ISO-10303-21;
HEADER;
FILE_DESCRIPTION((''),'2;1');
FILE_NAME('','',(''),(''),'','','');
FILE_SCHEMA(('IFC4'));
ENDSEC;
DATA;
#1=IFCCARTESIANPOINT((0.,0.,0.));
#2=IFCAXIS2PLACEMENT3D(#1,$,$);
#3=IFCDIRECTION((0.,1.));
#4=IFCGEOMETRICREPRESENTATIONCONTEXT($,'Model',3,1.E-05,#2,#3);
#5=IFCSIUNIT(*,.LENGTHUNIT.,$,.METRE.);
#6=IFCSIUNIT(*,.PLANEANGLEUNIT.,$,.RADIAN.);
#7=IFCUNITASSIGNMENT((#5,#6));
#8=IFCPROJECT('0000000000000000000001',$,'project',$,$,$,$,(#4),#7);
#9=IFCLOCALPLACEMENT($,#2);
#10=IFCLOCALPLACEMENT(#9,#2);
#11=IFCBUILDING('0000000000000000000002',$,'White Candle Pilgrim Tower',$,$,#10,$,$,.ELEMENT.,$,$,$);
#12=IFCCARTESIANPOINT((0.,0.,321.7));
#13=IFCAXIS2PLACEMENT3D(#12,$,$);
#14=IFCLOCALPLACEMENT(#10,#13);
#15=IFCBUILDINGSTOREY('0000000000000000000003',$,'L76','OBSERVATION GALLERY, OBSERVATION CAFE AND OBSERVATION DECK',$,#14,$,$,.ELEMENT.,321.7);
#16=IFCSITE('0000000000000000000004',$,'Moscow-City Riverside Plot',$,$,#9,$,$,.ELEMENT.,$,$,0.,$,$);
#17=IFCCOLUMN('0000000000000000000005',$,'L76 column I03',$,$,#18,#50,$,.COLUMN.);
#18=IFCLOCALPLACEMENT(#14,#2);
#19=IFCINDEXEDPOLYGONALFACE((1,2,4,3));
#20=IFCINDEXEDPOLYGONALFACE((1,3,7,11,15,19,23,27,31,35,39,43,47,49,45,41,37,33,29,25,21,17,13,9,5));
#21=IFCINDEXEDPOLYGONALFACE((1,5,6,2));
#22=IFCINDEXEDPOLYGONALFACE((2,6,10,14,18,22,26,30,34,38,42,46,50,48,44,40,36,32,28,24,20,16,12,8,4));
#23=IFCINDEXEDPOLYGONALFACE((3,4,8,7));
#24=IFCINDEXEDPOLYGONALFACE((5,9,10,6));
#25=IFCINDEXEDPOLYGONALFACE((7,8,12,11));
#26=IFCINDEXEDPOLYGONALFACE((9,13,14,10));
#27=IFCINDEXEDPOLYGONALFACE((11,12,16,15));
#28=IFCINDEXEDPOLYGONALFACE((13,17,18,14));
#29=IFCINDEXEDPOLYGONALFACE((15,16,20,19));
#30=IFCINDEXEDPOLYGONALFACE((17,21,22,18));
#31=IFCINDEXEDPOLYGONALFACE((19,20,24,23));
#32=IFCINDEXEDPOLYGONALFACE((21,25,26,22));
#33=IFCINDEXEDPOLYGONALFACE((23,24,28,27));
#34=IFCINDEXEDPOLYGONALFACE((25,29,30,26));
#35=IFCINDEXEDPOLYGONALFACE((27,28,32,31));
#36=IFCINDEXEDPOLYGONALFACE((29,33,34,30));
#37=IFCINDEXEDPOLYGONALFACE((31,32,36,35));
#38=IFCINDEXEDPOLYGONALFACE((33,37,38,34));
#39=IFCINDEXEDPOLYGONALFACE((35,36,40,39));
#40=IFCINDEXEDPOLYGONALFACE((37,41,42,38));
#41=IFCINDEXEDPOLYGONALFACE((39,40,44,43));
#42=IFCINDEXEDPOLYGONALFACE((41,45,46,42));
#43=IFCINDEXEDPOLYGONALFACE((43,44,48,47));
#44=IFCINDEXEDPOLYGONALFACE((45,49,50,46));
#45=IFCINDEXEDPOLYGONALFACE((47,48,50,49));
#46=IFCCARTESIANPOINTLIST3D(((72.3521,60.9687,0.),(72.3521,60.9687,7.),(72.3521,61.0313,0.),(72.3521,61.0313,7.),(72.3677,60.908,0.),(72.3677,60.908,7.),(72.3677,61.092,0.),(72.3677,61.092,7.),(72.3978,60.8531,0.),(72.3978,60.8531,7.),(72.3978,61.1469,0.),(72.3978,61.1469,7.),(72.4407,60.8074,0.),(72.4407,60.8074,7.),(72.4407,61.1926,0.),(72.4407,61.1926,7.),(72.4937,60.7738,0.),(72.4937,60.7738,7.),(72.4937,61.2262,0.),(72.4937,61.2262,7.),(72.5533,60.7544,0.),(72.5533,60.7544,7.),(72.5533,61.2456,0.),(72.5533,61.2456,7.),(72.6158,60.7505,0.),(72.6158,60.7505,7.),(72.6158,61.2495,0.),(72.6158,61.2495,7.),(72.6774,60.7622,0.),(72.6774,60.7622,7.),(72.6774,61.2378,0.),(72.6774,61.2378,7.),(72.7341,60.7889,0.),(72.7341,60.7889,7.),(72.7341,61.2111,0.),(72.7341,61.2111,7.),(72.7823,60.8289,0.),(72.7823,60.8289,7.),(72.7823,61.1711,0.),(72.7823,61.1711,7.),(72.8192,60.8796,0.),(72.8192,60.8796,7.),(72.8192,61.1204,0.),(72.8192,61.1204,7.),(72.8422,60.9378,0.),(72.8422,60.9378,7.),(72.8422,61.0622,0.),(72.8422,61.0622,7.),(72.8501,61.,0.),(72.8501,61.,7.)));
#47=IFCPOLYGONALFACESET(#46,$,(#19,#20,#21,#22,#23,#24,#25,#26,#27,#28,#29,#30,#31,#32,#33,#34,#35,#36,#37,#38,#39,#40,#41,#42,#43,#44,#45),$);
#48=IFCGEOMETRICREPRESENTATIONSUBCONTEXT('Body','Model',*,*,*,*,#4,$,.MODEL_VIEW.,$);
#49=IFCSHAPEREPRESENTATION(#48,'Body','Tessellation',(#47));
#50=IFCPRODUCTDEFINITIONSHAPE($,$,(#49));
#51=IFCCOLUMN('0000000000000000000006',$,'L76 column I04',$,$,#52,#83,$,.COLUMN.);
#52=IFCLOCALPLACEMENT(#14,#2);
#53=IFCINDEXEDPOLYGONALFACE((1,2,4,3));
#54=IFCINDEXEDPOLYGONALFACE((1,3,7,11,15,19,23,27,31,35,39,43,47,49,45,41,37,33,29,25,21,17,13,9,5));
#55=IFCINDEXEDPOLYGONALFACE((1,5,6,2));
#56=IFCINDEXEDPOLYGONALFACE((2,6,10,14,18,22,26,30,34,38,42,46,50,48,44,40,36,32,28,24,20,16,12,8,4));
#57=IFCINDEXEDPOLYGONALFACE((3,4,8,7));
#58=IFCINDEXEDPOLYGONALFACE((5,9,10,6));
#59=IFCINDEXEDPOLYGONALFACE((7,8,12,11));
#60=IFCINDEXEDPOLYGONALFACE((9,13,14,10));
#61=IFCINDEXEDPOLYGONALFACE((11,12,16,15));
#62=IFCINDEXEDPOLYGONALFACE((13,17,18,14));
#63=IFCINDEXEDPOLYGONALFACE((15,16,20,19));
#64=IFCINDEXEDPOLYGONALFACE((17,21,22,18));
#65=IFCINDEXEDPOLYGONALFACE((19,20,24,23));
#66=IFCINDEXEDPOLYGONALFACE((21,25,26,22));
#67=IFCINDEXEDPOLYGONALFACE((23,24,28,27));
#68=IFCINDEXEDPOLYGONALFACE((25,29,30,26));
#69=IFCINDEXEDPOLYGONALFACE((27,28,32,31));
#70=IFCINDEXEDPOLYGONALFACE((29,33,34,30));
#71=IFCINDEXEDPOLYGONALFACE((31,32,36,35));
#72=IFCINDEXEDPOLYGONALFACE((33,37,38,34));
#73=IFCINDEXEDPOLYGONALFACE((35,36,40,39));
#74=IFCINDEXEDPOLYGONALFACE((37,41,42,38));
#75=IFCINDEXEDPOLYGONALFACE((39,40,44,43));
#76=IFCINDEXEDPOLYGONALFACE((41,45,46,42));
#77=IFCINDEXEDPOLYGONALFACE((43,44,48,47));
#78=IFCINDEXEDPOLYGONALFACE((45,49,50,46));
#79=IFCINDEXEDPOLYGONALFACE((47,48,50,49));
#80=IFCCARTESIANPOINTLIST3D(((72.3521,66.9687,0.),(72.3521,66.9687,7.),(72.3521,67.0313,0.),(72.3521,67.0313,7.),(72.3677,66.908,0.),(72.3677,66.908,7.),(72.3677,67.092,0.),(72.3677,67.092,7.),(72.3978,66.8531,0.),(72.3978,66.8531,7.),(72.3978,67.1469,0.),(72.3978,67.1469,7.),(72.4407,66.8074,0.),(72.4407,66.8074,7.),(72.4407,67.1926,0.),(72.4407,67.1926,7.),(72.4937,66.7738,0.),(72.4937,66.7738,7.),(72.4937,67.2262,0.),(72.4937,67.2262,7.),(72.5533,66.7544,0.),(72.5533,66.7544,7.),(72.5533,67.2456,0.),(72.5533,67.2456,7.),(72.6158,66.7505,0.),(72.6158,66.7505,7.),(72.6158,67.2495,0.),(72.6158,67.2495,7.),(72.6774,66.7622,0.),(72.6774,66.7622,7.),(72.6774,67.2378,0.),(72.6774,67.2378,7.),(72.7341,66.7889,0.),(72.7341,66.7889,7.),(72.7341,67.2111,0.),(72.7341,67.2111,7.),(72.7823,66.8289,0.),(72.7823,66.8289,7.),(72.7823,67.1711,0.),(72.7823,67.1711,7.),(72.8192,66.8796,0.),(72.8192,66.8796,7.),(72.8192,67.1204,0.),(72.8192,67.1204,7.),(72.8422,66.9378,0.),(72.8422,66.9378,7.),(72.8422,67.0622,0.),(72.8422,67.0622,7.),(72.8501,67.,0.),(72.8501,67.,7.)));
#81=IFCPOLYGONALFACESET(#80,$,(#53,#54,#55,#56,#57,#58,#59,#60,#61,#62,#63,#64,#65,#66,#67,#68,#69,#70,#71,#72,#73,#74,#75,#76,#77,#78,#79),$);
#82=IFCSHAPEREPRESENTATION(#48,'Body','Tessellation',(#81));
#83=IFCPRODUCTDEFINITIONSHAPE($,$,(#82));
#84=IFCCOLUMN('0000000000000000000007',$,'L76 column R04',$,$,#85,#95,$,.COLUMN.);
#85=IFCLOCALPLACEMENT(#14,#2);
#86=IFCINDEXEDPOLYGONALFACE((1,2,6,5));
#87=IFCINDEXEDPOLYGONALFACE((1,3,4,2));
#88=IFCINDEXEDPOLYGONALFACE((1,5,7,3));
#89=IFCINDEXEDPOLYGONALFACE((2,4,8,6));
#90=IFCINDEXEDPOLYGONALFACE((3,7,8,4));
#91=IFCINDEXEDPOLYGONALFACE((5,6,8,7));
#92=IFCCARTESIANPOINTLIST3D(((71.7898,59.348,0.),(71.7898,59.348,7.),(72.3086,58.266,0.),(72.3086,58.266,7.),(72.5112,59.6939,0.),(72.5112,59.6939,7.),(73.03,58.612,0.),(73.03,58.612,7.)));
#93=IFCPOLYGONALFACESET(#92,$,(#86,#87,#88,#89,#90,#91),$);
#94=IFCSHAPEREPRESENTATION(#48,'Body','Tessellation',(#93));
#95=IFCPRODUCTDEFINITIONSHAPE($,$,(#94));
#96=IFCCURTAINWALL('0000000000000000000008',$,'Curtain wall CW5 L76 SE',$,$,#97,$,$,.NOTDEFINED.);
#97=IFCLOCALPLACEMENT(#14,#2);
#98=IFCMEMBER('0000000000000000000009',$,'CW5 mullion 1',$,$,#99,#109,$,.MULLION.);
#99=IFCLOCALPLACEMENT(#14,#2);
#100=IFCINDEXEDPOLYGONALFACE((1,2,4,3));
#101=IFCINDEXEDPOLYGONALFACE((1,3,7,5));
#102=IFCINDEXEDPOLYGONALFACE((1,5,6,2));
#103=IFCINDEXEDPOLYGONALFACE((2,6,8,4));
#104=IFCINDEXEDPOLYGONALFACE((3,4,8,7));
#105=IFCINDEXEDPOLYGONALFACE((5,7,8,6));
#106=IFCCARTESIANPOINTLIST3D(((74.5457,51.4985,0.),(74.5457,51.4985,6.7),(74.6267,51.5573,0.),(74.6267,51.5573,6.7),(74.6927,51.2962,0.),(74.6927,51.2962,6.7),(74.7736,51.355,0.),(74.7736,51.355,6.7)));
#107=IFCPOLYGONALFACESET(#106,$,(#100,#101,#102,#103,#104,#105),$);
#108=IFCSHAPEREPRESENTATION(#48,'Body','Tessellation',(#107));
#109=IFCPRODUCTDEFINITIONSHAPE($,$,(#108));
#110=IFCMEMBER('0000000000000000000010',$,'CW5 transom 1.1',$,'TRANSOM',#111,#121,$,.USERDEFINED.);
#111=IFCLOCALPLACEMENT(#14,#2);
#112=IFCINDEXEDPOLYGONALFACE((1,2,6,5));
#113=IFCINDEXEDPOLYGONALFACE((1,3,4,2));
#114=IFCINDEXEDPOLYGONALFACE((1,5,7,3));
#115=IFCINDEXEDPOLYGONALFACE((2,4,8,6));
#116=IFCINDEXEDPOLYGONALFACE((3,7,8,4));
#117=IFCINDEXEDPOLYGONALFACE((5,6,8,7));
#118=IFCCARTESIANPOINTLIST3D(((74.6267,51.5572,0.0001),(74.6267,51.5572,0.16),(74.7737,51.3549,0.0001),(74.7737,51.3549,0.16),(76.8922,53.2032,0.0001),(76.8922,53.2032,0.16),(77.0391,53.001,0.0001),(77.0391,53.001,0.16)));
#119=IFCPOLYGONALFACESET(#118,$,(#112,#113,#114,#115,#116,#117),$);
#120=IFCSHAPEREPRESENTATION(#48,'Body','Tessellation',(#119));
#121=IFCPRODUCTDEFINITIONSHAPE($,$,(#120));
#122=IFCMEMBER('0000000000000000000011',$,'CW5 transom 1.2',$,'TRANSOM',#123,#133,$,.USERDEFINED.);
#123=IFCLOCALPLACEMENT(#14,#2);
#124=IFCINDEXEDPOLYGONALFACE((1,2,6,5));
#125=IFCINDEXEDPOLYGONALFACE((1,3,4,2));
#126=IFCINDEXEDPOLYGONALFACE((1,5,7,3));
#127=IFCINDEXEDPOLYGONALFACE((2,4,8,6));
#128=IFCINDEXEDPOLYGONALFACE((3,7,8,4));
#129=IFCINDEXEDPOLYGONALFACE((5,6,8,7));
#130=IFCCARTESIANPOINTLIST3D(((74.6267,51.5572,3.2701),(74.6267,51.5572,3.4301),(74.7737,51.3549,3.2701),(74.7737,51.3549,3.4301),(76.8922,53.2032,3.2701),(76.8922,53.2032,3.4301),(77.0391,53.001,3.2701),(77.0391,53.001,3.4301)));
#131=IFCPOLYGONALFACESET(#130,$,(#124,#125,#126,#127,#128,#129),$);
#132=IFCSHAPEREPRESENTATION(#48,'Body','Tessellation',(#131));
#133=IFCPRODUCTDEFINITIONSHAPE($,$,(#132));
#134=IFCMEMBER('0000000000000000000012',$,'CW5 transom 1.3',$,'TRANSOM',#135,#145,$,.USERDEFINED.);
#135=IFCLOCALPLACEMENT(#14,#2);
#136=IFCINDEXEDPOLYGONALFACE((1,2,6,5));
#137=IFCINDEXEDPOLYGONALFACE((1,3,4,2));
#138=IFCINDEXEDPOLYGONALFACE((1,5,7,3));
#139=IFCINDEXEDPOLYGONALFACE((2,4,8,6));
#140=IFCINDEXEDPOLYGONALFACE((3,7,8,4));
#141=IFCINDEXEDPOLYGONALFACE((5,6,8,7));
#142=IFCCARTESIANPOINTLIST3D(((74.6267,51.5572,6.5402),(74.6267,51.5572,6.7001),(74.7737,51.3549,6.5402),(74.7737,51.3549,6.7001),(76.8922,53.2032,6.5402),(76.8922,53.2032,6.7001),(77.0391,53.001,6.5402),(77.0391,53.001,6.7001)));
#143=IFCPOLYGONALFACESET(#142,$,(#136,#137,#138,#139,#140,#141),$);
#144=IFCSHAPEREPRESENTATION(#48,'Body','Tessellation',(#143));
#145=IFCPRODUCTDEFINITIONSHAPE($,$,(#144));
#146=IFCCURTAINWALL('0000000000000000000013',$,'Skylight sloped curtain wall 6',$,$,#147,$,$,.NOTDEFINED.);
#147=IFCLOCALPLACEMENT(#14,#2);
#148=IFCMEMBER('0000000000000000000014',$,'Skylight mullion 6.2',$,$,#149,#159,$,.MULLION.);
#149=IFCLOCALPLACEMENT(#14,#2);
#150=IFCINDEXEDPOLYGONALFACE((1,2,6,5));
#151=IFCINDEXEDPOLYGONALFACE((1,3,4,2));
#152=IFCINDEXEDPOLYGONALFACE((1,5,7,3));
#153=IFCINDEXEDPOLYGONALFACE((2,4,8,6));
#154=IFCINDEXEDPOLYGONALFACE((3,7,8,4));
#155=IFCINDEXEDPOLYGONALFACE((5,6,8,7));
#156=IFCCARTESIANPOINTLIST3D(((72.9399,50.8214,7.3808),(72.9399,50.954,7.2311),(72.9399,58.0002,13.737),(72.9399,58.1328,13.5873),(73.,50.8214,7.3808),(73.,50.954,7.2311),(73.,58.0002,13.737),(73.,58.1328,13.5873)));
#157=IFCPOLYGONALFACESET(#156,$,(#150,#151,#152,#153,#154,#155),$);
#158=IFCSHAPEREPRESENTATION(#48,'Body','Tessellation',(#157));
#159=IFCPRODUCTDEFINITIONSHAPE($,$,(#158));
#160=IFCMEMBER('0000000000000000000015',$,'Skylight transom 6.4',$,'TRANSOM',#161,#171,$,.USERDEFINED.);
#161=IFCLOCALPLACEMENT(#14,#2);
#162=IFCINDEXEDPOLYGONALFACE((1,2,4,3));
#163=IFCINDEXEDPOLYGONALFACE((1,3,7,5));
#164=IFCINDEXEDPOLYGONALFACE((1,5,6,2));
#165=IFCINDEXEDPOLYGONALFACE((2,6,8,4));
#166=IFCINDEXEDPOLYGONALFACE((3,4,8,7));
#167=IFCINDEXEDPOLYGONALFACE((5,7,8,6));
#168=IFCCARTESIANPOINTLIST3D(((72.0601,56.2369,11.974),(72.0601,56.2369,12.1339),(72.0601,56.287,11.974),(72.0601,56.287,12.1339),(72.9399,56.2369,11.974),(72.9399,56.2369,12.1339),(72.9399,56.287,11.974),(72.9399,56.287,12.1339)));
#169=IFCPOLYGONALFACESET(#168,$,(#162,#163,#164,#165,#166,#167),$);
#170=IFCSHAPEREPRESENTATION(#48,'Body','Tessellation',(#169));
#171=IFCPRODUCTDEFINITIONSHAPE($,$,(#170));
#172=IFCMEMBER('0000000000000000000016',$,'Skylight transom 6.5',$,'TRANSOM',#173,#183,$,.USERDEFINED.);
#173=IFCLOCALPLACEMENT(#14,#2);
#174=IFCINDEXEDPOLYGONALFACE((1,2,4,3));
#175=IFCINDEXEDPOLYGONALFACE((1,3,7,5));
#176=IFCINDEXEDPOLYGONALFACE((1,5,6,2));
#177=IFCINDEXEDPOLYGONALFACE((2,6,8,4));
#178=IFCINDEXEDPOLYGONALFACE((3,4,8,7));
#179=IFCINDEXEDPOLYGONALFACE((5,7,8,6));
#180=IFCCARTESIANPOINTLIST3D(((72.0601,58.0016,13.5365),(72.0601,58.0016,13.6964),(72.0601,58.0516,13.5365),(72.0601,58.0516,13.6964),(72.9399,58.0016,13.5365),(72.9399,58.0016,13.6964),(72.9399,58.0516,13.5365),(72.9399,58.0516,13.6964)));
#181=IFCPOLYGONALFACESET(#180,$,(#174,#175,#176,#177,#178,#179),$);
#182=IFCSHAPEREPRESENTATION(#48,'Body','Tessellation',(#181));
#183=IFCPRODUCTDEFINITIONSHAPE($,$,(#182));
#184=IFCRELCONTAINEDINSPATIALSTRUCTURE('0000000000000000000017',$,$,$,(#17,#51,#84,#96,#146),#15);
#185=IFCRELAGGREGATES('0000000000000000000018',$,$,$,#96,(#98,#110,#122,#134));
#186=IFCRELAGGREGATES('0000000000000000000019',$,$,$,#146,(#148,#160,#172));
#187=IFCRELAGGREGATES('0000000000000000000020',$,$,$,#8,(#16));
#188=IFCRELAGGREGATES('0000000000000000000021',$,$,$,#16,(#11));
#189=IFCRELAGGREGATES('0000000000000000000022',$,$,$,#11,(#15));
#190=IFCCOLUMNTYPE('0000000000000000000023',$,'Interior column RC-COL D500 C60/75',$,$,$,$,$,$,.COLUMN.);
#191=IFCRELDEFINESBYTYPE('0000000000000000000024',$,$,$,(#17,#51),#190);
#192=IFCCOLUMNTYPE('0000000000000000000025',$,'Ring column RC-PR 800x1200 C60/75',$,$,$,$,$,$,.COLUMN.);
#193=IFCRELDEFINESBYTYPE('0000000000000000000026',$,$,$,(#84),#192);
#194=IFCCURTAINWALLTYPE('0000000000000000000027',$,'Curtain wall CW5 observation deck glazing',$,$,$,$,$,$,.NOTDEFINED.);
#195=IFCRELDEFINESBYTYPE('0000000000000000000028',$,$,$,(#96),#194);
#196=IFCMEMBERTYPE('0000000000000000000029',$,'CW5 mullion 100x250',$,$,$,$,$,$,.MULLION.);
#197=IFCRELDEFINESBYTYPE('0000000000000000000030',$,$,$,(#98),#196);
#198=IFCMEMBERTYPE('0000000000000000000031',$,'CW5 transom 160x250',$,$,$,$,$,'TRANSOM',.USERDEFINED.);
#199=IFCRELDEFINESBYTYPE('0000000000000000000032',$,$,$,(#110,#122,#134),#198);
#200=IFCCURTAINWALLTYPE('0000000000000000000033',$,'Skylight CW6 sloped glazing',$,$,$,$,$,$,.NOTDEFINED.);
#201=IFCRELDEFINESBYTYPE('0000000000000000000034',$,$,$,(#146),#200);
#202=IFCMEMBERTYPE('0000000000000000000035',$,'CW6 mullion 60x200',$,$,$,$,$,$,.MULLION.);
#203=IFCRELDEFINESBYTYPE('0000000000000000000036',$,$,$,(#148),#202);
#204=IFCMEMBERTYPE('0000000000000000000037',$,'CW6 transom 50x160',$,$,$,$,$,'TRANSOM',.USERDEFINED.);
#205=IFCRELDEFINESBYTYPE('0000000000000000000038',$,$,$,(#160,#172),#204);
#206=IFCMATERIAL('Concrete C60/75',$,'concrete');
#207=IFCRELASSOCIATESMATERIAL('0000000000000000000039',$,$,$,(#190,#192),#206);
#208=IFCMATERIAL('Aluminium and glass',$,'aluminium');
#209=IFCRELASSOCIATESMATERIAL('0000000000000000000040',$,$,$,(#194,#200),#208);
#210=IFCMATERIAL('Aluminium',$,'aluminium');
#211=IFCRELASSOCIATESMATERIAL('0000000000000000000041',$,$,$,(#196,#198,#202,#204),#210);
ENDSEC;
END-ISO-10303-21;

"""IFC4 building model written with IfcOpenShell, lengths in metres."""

from ifc_helpers import new_model, si_unit, direction, frame, origin, origin_2d, place, context, subcontext, project, spatial, rectangle, circle, extrude, material, material_profile, profile_set, type_object, element, aggregate, save


model = new_model("IFC4")

# Units and contexts
model_context = context("Model", 3, precision=1e-05, world=origin(), true_north=direction((0.0, 1.0)))
body_context = subcontext(model_context, "Body", "Model", "MODEL_VIEW")
ifc_project = project(units=[si_unit("LENGTHUNIT", "METRE"), si_unit("PLANEANGLEUNIT", "RADIAN")], contexts=[model_context])

# Site, building, storey
site_placement = place(None, origin())
site = spatial("IfcSite", under=ifc_project, at=site_placement, Name="Moscow-City Riverside Plot", CompositionType="ELEMENT", RefElevation=0.0)
building_placement = place(site_placement, origin())
building = spatial("IfcBuilding", under=site, at=building_placement, Name="White Candle Pilgrim Tower", CompositionType="ELEMENT")
storey_placement = place(building_placement, frame((0.0, 0.0, 321.7)))
storey = spatial("IfcBuildingStorey", under=building, at=storey_placement, Name="L76", Description="OBSERVATION GALLERY, OBSERVATION CAFE AND OBSERVATION DECK", CompositionType="ELEMENT", Elevation=321.7)

# Columns
ifc_material_1 = material(Name="Concrete C60/75", Category="concrete")
ifc_material_profile_1 = material_profile(ifc_material_1, circle(Radius=0.25, at=origin_2d()), Name="RC-COL D500")
ifc_profile_set_1 = profile_set([ifc_material_profile_1], Name="Concrete C60/75")
column_type_1 = type_object("IfcColumnType", Name="Interior column RC-COL D500 C60/75", PredefinedType="COLUMN", material=ifc_profile_set_1)
for number, where, z_axis, x_axis, name in (
    (1, (72.6001, 61.0, 0.0), (0.0, 0.0, 1.0), (1.0, 0.0, 0.0), "L76 column I03"),
    (2, (72.6001, 67.0, 0.0), (0.0, 0.0, 1.0), (1.0, 0.0, 0.0), "L76 column I04"),
):
    element("IfcColumn", number, at=place(storey_placement, frame(where, z_axis=z_axis, x_axis=x_axis)), inside=storey, type_object=column_type_1, Name=name, PredefinedType="COLUMN", context=body_context, shape_type="SweptSolid", body=[
        extrude(circle(Radius=0.25, at=origin_2d()), origin(), (0.0, 0.0, 1.0), 7.0),
    ])
ifc_material_profile_2 = material_profile(ifc_material_1, rectangle(XDim=0.8, YDim=1.2, at=origin_2d()), Name="RC-PR 800x1200")
ifc_profile_set_2 = profile_set([ifc_material_profile_2], Name="Concrete C60/75")
column_type_2 = type_object("IfcColumnType", Name="Ring column RC-PR 800x1200 C60/75", PredefinedType="COLUMN", material=ifc_profile_set_2)
column_placement = place(storey_placement, frame((72.4099, 58.98, 0.0), z_axis=(0.0, 0.0, 1.0), x_axis=(-0.901689, -0.432385, 0.0)))
element("IfcColumn", 3, at=column_placement, inside=storey, type_object=column_type_2, Name="L76 column R04", PredefinedType="COLUMN", context=body_context, shape_type="SweptSolid", body=[
    extrude(rectangle(XDim=0.8, YDim=1.2, at=origin_2d()), origin(), (0.0, 0.0, 1.0), 7.0),
])

# Curtain walls, members
ifc_material_2 = material(Name="Aluminium and glass", Category="aluminium")
curtain_wall_type_1 = type_object("IfcCurtainWallType", Name="Curtain wall CW5 observation deck glazing", PredefinedType="NOTDEFINED", material=ifc_material_2)
curtain_wall_1_placement = place(storey_placement, origin())
curtain_wall_1 = element("IfcCurtainWall", 4, at=curtain_wall_1_placement, inside=storey, type_object=curtain_wall_type_1, Name="Curtain wall CW5 L76 SE", PredefinedType="NOTDEFINED")
ifc_material_3 = material(Name="Aluminium", Category="aluminium")
ifc_material_profile_3 = material_profile(ifc_material_3, rectangle(XDim=0.25, YDim=0.1001, at=origin_2d()), Name="CW5 mullion 100x250")
ifc_profile_set_3 = profile_set([ifc_material_profile_3], Name="Aluminium")
member_type_1 = type_object("IfcMemberType", Name="CW5 mullion 100x250", PredefinedType="MULLION", material=ifc_profile_set_3)
member_1_placement = place(storey_placement, frame((74.6597, 51.4268, 0.0), z_axis=(0.0, 0.0, 1.0), x_axis=(-0.587785, 0.809017, 0.0)))
member_1 = element("IfcMember", 5, at=member_1_placement, type_object=member_type_1, Name="CW5 mullion 1", PredefinedType="MULLION", context=body_context, shape_type="SweptSolid", body=[
    extrude(rectangle(XDim=0.25, YDim=0.1001, at=origin_2d()), origin(), (0.0, 0.0, 1.0), 6.7),
])
ifc_material_profile_4 = material_profile(ifc_material_3, rectangle(XDim=0.25, YDim=0.1599, at=origin_2d()), Name="CW5 transom 160x250")
ifc_profile_set_4 = profile_set([ifc_material_profile_4], Name="Aluminium")
member_type_2 = type_object("IfcMemberType", Name="CW5 transom 160x250", ElementType="TRANSOM", PredefinedType="USERDEFINED", material=ifc_profile_set_4)
member_2_placement = place(storey_placement, frame((74.7002, 51.4561, 0.0801), z_axis=(0.809, 0.587809, 0.0), x_axis=(-0.587809, 0.809, 0.0)))
member_2 = element("IfcMember", 6, at=member_2_placement, type_object=member_type_2, Name="CW5 transom 1.1", ObjectType="TRANSOM", PredefinedType="USERDEFINED", context=body_context, shape_type="SweptSolid", body=[
    extrude(rectangle(XDim=0.25, YDim=0.1599, at=origin_2d()), origin(), (0.0, 0.0, 1.0), 2.8003),
])
member_3_placement = place(storey_placement, frame((74.7002, 51.4561, 3.3501), z_axis=(0.809, 0.587809, 0.0), x_axis=(-0.587809, 0.809, 0.0)))
member_3 = element("IfcMember", 7, at=member_3_placement, type_object=member_type_2, Name="CW5 transom 1.2", ObjectType="TRANSOM", PredefinedType="USERDEFINED", context=body_context, shape_type="SweptSolid", body=[
    extrude(rectangle(XDim=0.25, YDim=0.1599, at=origin_2d()), origin(), (0.0, 0.0, 1.0), 2.8003),
])
member_4_placement = place(storey_placement, frame((74.7002, 51.4561, 6.6201), z_axis=(0.809, 0.587809, 0.0), x_axis=(-0.587809, 0.809, 0.0)))
member_4 = element("IfcMember", 8, at=member_4_placement, type_object=member_type_2, Name="CW5 transom 1.3", ObjectType="TRANSOM", PredefinedType="USERDEFINED", context=body_context, shape_type="SweptSolid", body=[
    extrude(rectangle(XDim=0.25, YDim=0.1599, at=origin_2d()), origin(), (0.0, 0.0, 1.0), 2.8003),
])
aggregate(curtain_wall_1, [member_1, member_2, member_3, member_4])
curtain_wall_type_2 = type_object("IfcCurtainWallType", Name="Skylight CW6 sloped glazing", PredefinedType="NOTDEFINED", material=ifc_material_2)
curtain_wall_2_placement = place(storey_placement, origin())
curtain_wall_2 = element("IfcCurtainWall", 9, at=curtain_wall_2_placement, inside=storey, type_object=curtain_wall_type_2, Name="Skylight sloped curtain wall 6", PredefinedType="NOTDEFINED")
ifc_material_profile_5 = material_profile(ifc_material_3, rectangle(XDim=0.0601, YDim=0.2, at=origin_2d()), Name="CW6 mullion 60x200")
ifc_profile_set_5 = profile_set([ifc_material_profile_5], Name="Aluminium")
member_type_3 = type_object("IfcMemberType", Name="CW6 mullion 60x200", PredefinedType="MULLION", material=ifc_profile_set_5)
member_5_placement = place(storey_placement, frame((72.97, 50.8877, 7.3059), z_axis=(0.0, 0.748696, 0.662913), x_axis=(-1.0, 0.0, 0.0)))
member_5 = element("IfcMember", 10, at=member_5_placement, type_object=member_type_3, Name="Skylight mullion 6.2", PredefinedType="MULLION", context=body_context, shape_type="SweptSolid", body=[
    extrude(rectangle(XDim=0.0601, YDim=0.2, at=origin_2d()), origin(), (0.0, 0.0, 1.0), 9.5884),
])
ifc_material_profile_6 = material_profile(ifc_material_3, rectangle(XDim=0.05, YDim=0.1599, at=origin_2d()), Name="CW6 transom 50x160")
ifc_profile_set_6 = profile_set([ifc_material_profile_6], Name="Aluminium")
member_type_4 = type_object("IfcMemberType", Name="CW6 transom 50x160", ElementType="TRANSOM", PredefinedType="USERDEFINED", material=ifc_profile_set_6)
member_6_placement = place(storey_placement, frame((72.0601, 56.262, 12.054), z_axis=(1.0, 0.0, 0.0), x_axis=(0.0, 1.0, 0.0)))
member_6 = element("IfcMember", 11, at=member_6_placement, type_object=member_type_4, Name="Skylight transom 6.4", ObjectType="TRANSOM", PredefinedType="USERDEFINED", context=body_context, shape_type="SweptSolid", body=[
    extrude(rectangle(XDim=0.05, YDim=0.1599, at=origin_2d()), origin(), (0.0, 0.0, 1.0), 0.8799),
])
member_7_placement = place(storey_placement, frame((72.0601, 58.0266, 13.6165), z_axis=(1.0, 0.0, 0.0), x_axis=(0.0, 1.0, 0.0)))
member_7 = element("IfcMember", 12, at=member_7_placement, type_object=member_type_4, Name="Skylight transom 6.5", ObjectType="TRANSOM", PredefinedType="USERDEFINED", context=body_context, shape_type="SweptSolid", body=[
    extrude(rectangle(XDim=0.05, YDim=0.1599, at=origin_2d()), origin(), (0.0, 0.0, 1.0), 0.8799),
])

aggregate(curtain_wall_2, [member_5, member_6, member_7])

save(model, "model.ifc")
